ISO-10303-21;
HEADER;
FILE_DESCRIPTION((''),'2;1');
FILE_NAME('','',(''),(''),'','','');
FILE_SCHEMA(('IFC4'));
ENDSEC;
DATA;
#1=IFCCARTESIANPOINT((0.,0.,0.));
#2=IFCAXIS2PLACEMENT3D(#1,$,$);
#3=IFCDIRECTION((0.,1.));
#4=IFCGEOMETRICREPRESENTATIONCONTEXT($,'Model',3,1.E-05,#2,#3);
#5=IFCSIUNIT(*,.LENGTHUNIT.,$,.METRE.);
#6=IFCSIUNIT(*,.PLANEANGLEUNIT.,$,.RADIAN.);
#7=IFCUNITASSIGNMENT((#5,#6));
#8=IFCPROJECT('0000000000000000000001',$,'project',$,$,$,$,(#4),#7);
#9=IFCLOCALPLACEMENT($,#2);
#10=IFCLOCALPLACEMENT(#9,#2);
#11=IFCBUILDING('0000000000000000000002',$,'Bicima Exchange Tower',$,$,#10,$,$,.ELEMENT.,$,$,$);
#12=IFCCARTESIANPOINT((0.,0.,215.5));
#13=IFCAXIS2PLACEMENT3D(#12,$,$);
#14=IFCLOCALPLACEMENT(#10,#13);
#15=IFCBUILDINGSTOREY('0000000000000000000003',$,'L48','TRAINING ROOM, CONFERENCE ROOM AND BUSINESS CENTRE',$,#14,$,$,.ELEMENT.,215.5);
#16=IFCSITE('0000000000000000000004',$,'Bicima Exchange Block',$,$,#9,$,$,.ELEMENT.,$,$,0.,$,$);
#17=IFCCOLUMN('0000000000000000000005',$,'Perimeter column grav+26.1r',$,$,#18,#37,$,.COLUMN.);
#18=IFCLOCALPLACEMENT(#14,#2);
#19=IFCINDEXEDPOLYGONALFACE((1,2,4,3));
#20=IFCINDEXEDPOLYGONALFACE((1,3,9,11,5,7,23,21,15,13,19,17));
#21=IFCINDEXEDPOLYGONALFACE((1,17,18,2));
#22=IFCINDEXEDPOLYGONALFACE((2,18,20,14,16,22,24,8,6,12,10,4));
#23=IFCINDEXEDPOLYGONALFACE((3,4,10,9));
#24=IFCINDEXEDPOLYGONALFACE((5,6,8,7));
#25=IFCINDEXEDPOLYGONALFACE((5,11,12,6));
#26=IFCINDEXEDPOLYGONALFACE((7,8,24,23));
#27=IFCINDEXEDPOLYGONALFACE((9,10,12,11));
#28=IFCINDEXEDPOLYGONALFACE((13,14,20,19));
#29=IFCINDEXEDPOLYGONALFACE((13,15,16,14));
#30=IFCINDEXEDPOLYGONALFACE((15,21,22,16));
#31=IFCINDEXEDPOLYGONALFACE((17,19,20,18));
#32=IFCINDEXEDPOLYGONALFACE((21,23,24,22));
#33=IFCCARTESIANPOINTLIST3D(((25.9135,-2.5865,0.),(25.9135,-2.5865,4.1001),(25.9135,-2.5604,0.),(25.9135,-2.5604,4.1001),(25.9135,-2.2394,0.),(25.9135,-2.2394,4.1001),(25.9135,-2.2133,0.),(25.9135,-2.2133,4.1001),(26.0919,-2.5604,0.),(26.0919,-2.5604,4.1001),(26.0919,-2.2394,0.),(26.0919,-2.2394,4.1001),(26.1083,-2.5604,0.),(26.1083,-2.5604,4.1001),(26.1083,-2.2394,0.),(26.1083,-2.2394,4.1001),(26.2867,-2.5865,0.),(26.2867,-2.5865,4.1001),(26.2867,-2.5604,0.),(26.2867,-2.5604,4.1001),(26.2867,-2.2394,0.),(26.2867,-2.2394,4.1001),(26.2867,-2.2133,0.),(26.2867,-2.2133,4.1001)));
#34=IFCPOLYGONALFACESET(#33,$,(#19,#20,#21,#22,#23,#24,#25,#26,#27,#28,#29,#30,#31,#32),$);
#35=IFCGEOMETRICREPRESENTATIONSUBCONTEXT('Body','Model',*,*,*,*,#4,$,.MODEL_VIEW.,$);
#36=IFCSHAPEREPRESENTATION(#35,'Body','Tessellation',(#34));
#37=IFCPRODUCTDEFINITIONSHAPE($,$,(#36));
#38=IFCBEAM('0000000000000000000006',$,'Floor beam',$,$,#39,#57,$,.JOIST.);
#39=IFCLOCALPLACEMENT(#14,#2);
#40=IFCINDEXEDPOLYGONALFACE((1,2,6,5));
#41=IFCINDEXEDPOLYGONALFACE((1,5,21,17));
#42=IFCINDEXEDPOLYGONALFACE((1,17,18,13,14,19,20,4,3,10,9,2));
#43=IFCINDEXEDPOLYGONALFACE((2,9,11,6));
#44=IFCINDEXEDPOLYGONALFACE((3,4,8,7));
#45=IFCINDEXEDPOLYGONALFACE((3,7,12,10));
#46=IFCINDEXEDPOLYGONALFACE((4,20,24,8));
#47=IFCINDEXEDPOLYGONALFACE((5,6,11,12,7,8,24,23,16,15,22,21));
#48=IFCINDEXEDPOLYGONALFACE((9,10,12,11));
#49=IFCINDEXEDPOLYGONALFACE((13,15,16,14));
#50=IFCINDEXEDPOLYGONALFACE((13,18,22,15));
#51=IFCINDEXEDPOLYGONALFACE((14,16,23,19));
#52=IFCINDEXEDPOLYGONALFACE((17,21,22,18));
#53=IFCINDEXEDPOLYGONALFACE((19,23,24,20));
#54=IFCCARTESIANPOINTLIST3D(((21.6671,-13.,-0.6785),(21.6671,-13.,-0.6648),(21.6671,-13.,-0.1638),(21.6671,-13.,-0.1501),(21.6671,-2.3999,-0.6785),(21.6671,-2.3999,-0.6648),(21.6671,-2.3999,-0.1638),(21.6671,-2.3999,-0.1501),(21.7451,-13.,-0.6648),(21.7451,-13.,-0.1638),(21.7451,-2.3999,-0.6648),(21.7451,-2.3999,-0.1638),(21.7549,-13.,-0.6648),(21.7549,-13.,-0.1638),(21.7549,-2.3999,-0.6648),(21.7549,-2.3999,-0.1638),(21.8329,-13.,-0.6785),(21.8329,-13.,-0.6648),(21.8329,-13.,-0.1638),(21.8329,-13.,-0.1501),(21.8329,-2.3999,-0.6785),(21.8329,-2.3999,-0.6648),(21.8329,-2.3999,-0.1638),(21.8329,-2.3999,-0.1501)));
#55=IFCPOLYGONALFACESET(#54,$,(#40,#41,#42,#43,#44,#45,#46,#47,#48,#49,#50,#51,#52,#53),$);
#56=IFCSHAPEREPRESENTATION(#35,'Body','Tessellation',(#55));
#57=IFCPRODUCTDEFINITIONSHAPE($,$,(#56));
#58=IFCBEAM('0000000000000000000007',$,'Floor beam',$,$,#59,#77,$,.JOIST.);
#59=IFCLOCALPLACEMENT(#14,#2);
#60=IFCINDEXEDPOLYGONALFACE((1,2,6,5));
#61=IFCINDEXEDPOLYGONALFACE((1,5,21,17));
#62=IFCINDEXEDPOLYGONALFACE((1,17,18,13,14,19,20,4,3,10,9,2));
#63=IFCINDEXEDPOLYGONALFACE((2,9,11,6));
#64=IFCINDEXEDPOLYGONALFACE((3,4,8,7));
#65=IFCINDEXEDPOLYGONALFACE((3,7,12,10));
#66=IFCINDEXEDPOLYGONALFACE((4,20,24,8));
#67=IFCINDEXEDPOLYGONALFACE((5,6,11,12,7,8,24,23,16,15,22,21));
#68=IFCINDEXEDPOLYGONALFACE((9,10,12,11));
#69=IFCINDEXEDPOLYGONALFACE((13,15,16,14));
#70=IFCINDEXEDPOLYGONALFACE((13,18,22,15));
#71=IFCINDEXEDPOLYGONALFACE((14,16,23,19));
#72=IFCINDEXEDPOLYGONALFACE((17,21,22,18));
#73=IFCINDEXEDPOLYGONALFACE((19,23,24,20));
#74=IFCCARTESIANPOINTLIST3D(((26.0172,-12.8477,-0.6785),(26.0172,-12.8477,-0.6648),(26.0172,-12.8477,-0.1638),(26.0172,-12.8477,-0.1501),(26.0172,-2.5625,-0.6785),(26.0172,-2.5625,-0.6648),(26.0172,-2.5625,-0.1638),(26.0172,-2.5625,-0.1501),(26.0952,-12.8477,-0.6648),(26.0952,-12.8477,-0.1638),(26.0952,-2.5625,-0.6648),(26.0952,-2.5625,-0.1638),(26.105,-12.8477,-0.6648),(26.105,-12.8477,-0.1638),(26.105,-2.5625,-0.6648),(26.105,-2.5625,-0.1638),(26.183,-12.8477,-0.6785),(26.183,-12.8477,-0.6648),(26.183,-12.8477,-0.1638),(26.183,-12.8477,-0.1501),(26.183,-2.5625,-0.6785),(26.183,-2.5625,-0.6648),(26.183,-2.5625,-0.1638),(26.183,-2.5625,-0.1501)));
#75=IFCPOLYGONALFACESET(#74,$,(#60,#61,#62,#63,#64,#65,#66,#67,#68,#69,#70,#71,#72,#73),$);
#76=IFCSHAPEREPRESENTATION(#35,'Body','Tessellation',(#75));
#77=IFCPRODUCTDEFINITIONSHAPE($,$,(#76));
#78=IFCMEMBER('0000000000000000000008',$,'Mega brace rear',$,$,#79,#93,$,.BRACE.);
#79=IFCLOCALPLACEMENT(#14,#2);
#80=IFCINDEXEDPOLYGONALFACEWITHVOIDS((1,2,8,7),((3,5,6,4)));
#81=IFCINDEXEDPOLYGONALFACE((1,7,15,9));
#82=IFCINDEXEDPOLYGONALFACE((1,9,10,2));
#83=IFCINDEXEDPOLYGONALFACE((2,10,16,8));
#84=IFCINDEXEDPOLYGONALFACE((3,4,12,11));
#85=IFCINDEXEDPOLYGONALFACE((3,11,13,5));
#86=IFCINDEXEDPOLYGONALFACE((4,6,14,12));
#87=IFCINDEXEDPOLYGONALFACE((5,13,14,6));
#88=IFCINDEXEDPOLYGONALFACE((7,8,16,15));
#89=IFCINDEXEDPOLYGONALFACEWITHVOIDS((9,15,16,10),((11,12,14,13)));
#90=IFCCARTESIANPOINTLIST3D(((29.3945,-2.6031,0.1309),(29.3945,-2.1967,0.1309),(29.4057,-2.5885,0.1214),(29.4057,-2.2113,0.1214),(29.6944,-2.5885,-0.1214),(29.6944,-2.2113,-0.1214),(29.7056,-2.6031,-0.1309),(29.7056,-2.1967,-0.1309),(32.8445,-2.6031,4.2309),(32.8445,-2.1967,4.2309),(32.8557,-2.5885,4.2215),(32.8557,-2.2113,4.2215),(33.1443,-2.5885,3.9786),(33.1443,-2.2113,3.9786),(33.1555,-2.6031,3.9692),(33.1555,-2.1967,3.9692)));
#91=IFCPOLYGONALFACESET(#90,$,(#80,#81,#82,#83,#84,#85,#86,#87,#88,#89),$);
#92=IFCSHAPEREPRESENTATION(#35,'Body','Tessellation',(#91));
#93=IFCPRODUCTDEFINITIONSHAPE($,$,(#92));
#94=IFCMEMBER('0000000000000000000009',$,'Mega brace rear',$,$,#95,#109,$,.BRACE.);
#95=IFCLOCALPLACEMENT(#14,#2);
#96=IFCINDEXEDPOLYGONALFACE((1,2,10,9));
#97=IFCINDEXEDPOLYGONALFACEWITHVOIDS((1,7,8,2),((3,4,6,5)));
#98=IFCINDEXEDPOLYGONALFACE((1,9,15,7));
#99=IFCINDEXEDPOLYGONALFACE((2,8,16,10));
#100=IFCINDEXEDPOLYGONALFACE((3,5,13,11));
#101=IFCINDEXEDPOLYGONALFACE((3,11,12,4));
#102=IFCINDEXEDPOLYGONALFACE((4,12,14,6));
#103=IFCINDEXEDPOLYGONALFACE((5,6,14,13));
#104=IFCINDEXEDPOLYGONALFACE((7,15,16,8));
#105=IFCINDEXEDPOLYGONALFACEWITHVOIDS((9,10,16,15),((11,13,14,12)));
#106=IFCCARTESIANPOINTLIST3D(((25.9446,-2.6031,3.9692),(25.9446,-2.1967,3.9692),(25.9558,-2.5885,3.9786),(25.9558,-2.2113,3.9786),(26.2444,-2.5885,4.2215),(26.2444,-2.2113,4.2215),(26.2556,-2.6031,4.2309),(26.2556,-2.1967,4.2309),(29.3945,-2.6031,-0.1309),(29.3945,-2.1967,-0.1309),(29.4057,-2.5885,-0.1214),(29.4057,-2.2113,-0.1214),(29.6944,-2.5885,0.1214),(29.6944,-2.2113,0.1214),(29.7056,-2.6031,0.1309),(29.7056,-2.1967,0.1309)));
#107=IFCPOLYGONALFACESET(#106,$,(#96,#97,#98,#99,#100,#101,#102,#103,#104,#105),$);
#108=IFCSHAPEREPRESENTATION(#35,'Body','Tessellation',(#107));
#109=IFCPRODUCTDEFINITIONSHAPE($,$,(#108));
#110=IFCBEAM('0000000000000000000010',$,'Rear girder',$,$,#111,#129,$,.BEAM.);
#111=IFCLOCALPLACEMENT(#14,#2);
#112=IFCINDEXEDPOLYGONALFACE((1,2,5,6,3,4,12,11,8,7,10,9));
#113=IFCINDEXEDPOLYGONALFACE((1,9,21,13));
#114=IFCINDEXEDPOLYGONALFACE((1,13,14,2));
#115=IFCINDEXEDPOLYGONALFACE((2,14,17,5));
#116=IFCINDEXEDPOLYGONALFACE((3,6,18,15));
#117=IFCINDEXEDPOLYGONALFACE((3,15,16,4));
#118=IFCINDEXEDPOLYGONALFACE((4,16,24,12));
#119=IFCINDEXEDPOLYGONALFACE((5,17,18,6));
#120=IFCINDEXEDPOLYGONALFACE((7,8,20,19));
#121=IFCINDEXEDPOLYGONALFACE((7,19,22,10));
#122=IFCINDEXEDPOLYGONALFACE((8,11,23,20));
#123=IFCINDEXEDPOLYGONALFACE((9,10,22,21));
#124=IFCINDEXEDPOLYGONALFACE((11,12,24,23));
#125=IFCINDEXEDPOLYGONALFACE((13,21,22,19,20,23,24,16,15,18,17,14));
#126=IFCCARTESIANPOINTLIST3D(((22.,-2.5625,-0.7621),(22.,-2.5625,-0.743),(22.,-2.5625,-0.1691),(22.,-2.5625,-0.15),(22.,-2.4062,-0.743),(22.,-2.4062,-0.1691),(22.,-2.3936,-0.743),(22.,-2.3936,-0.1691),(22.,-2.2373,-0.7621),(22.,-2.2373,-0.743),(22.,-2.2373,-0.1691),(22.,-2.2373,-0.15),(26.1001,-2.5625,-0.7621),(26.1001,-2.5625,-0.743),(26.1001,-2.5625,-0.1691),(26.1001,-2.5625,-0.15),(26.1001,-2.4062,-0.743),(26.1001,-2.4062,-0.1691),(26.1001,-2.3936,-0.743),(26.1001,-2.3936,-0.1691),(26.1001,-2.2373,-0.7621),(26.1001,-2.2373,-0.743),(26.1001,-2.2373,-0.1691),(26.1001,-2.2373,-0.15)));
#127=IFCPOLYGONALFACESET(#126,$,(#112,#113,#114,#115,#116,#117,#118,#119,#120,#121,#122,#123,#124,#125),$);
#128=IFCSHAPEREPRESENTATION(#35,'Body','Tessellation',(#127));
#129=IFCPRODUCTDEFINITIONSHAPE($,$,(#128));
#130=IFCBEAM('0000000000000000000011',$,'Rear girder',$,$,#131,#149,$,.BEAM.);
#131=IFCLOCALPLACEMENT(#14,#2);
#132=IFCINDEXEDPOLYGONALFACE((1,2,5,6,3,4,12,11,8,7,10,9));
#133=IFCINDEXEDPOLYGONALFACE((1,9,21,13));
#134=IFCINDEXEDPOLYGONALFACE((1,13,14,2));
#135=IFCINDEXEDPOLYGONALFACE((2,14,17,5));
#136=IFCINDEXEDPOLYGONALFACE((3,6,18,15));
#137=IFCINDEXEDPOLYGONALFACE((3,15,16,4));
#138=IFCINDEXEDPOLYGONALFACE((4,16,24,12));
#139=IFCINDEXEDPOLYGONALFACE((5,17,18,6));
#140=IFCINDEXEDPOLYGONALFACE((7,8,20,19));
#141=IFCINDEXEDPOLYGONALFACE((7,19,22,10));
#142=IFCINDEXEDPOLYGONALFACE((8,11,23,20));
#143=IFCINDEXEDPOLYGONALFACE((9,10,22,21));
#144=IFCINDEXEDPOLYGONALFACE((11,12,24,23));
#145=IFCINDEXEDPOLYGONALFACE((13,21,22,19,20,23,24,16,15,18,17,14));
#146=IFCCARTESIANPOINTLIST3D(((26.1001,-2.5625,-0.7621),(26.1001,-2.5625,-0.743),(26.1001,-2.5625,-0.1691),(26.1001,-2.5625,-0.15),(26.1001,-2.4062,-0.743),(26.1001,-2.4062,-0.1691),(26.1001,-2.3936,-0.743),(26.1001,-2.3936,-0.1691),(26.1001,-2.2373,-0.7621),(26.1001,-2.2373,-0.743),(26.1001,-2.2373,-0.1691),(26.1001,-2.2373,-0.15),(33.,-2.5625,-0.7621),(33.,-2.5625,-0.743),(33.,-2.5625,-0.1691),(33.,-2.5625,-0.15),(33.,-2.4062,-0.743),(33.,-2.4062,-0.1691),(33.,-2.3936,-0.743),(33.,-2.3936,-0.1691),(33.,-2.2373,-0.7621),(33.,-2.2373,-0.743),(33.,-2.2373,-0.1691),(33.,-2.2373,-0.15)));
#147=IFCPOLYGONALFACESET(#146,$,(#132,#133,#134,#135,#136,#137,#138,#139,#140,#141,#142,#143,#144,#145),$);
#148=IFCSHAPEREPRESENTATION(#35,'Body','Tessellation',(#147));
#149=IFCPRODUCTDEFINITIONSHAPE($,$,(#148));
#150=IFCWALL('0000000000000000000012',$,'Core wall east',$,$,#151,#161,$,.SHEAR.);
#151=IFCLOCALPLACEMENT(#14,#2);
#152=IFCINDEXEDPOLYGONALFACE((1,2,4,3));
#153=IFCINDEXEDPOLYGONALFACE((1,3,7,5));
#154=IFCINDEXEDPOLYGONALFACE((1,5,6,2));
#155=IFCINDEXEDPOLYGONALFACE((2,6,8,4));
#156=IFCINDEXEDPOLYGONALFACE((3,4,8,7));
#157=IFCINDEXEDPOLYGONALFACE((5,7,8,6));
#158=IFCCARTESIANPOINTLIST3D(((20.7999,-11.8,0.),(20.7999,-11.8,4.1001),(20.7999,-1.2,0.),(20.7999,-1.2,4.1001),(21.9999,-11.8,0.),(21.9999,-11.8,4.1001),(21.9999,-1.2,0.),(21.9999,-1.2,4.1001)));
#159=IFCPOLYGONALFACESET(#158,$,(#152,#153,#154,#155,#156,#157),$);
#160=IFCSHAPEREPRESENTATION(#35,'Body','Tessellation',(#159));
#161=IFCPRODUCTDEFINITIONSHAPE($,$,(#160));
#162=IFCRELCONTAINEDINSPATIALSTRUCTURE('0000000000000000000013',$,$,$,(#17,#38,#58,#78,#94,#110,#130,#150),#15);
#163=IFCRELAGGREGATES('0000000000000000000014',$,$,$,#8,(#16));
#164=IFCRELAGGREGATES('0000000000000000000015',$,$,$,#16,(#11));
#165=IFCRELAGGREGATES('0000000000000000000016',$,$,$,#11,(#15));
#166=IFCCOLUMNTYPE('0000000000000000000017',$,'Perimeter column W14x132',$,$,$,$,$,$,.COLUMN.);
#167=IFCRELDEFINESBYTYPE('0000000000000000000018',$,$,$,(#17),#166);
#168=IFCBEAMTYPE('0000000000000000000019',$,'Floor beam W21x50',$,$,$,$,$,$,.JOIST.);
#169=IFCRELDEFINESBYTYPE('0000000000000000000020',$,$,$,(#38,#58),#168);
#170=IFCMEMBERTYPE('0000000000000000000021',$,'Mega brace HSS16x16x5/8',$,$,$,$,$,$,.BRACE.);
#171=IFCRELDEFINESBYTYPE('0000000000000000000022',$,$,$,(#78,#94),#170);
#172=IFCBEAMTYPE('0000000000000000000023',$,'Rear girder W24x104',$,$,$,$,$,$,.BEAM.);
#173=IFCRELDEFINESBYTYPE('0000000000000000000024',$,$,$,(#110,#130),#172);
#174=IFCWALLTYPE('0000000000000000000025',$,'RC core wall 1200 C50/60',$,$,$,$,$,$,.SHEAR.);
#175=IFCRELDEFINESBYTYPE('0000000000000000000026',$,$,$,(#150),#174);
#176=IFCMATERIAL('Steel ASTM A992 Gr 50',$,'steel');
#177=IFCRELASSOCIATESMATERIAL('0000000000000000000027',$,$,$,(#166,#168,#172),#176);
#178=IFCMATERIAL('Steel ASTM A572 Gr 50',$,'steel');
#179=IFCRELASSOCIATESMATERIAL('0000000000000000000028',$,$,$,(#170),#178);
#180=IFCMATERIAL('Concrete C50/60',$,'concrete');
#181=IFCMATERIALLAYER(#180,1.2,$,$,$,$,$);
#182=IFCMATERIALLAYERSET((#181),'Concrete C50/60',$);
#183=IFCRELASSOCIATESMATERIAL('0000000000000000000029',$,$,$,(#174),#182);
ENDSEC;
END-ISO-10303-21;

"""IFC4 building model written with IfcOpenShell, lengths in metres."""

from ifc_helpers import new_model, si_unit, direction, frame, frame_2d, origin, origin_2d, place, context, subcontext, project, spatial, rectangle, hollow_rectangle, i_section, extrude, material, layer, layer_set, material_profile, profile_set, type_object, element, save


model = new_model("IFC4")

# Units and contexts
model_context = context("Model", 3, precision=1e-05, world=origin(), true_north=direction((0.0, 1.0)))
body_context = subcontext(model_context, "Body", "Model", "MODEL_VIEW")
ifc_project = project(units=[si_unit("LENGTHUNIT", "METRE"), si_unit("PLANEANGLEUNIT", "RADIAN")], contexts=[model_context])

# Site, building, storey
site_placement = place(None, origin())
site = spatial("IfcSite", under=ifc_project, at=site_placement, Name="Bicima Exchange Block", CompositionType="ELEMENT", RefElevation=0.0)
building_placement = place(site_placement, origin())
building = spatial("IfcBuilding", under=site, at=building_placement, Name="Bicima Exchange Tower", CompositionType="ELEMENT")
storey_placement = place(building_placement, frame((0.0, 0.0, 215.5)))
storey = spatial("IfcBuildingStorey", under=building, at=storey_placement, Name="L48", Description="TRAINING ROOM, CONFERENCE ROOM AND BUSINESS CENTRE", CompositionType="ELEMENT", Elevation=215.5)

# Column
ifc_material_1 = material(Name="Steel ASTM A992 Gr 50", Category="steel")
ifc_material_profile_1 = material_profile(ifc_material_1, i_section(OverallWidth=0.3733, OverallDepth=0.3733, WebThickness=0.0164, FlangeThickness=0.0261, at=origin_2d()))
ifc_profile_set_1 = profile_set([ifc_material_profile_1], Name="Steel ASTM A992 Gr 50")
column_type = type_object("IfcColumnType", Name="Perimeter column W14x132", PredefinedType="COLUMN", material=ifc_profile_set_1)
column_placement = place(storey_placement, frame((26.1001, -2.3999, 0.0), z_axis=(0.0, 0.0, 1.0), x_axis=(1.0, 0.0, 0.0)))
element("IfcColumn", 1, at=column_placement, inside=storey, type_object=column_type, Name="Perimeter column grav+26.1r", PredefinedType="COLUMN", context=body_context, shape_type="SweptSolid", body=[
    extrude(i_section(OverallWidth=0.3733, OverallDepth=0.3733, WebThickness=0.0164, FlangeThickness=0.0261, at=origin_2d()), origin(), (0.0, 0.0, 1.0), 4.1001),
])

# Beams
ifc_material_profile_2 = material_profile(ifc_material_1, i_section(OverallWidth=0.1658, OverallDepth=0.5283, WebThickness=0.0098, FlangeThickness=0.0137, at=origin_2d()))
ifc_profile_set_2 = profile_set([ifc_material_profile_2], Name="Steel ASTM A992 Gr 50")
beam_type_1 = type_object("IfcBeamType", Name="Floor beam W21x50", PredefinedType="JOIST", material=ifc_profile_set_2)
beam_1_placement = place(storey_placement, frame((21.75, -2.3999, -0.4143), z_axis=(0.0, -1.0, 0.0), x_axis=(1.0, 0.0, 0.0)))
element("IfcBeam", 2, at=beam_1_placement, inside=storey, type_object=beam_type_1, Name="Floor beam", PredefinedType="JOIST", context=body_context, shape_type="SweptSolid", body=[
    extrude(i_section(OverallWidth=0.1658, OverallDepth=0.5283, WebThickness=0.0098, FlangeThickness=0.0137, at=origin_2d()), origin(), (0.0, 0.0, 1.0), 10.6001),
])
beam_2_placement = place(storey_placement, frame((26.1001, -2.5625, -0.4143), z_axis=(0.0, -1.0, 0.0), x_axis=(1.0, 0.0, 0.0)))
element("IfcBeam", 3, at=beam_2_placement, inside=storey, type_object=beam_type_1, Name="Floor beam", PredefinedType="JOIST", context=body_context, shape_type="SweptSolid", body=[
    extrude(i_section(OverallWidth=0.1658, OverallDepth=0.5283, WebThickness=0.0098, FlangeThickness=0.0137, at=origin_2d()), origin(), (0.0, 0.0, 1.0), 10.2852),
])

# Members
ifc_material_2 = material(Name="Steel ASTM A572 Gr 50", Category="steel")
ifc_material_profile_3 = material_profile(ifc_material_2, hollow_rectangle(XDim=0.4065, YDim=0.4065, WallThickness=0.0146, at=origin_2d()))
ifc_profile_set_3 = profile_set([ifc_material_profile_3], Name="Steel ASTM A572 Gr 50")
member_type = type_object("IfcMemberType", Name="Mega brace HSS16x16x5/8", PredefinedType="BRACE", material=ifc_profile_set_3)
for number, where, z_axis, x_axis, name in (
    (4, (29.55, -2.3999, 0.0), (0.643834, 0.0, 0.765165), (0.0, 1.0, 0.0), "Mega brace rear"),
    (5, (29.55, -2.3999, 0.0), (-0.643834, 0.0, 0.765165), (0.0, -1.0, 0.0), "Mega brace rear"),
):
    element("IfcMember", number, at=place(storey_placement, frame(where, z_axis=z_axis, x_axis=x_axis)), inside=storey, type_object=member_type, Name=name, PredefinedType="BRACE", context=body_context, shape_type="SweptSolid", body=[
        extrude(hollow_rectangle(XDim=0.4065, YDim=0.4065, WallThickness=0.0146, at=origin_2d()), origin(), (0.0, 0.0, 1.0), 5.3584),
    ])

# Beams
ifc_material_profile_4 = material_profile(ifc_material_1, i_section(OverallWidth=0.3252, OverallDepth=0.6121, WebThickness=0.0127, FlangeThickness=0.019, at=origin_2d()))
ifc_profile_set_4 = profile_set([ifc_material_profile_4], Name="Steel ASTM A992 Gr 50")
beam_type_2 = type_object("IfcBeamType", Name="Rear girder W24x104", PredefinedType="BEAM", material=ifc_profile_set_4)
beam_3_placement = place(storey_placement, frame((22.0, -2.3999, -0.4561), z_axis=(1.0, 0.0, 0.0), x_axis=(0.0, 1.0, 0.0)))
element("IfcBeam", 6, at=beam_3_placement, inside=storey, type_object=beam_type_2, Name="Rear girder", PredefinedType="BEAM", context=body_context, shape_type="SweptSolid", body=[
    extrude(i_section(OverallWidth=0.3252, OverallDepth=0.6121, WebThickness=0.0127, FlangeThickness=0.019, at=origin_2d()), origin(), (0.0, 0.0, 1.0), 4.1001),
])
beam_4_placement = place(storey_placement, frame((26.1001, -2.3999, -0.4561), z_axis=(1.0, 0.0, 0.0), x_axis=(0.0, 1.0, 0.0)))
element("IfcBeam", 7, at=beam_4_placement, inside=storey, type_object=beam_type_2, Name="Rear girder", PredefinedType="BEAM", context=body_context, shape_type="SweptSolid", body=[
    extrude(i_section(OverallWidth=0.3252, OverallDepth=0.6121, WebThickness=0.0127, FlangeThickness=0.019, at=origin_2d()), origin(), (0.0, 0.0, 1.0), 6.8999),
])

# Wall
ifc_material_3 = material(Name="Concrete C50/60", Category="concrete")
ifc_layer_1 = layer(ifc_material_3, 1.2)
ifc_layer_set_1 = layer_set([ifc_layer_1], Name="Concrete C50/60")
wall_type_1 = type_object("IfcWallType", Name="RC core wall 1200 C50/60", PredefinedType="SHEAR", material=ifc_layer_set_1)
wall_1_placement = place(storey_placement, frame((21.3999, -11.8, 0.0), z_axis=(0.0, 0.0, 1.0), x_axis=(0.0, 1.0, 0.0)))
element("IfcWall", 8, at=wall_1_placement, inside=storey, type_object=wall_type_1, Name="Core wall east", PredefinedType="SHEAR", context=body_context, shape_type="SweptSolid", body=[
    extrude(rectangle(XDim=10.6001, YDim=1.2, at=frame_2d((5.3, 0.0))), origin(), (0.0, 0.0, 1.0), 4.1001),
])

save(model, "model.ifc")
